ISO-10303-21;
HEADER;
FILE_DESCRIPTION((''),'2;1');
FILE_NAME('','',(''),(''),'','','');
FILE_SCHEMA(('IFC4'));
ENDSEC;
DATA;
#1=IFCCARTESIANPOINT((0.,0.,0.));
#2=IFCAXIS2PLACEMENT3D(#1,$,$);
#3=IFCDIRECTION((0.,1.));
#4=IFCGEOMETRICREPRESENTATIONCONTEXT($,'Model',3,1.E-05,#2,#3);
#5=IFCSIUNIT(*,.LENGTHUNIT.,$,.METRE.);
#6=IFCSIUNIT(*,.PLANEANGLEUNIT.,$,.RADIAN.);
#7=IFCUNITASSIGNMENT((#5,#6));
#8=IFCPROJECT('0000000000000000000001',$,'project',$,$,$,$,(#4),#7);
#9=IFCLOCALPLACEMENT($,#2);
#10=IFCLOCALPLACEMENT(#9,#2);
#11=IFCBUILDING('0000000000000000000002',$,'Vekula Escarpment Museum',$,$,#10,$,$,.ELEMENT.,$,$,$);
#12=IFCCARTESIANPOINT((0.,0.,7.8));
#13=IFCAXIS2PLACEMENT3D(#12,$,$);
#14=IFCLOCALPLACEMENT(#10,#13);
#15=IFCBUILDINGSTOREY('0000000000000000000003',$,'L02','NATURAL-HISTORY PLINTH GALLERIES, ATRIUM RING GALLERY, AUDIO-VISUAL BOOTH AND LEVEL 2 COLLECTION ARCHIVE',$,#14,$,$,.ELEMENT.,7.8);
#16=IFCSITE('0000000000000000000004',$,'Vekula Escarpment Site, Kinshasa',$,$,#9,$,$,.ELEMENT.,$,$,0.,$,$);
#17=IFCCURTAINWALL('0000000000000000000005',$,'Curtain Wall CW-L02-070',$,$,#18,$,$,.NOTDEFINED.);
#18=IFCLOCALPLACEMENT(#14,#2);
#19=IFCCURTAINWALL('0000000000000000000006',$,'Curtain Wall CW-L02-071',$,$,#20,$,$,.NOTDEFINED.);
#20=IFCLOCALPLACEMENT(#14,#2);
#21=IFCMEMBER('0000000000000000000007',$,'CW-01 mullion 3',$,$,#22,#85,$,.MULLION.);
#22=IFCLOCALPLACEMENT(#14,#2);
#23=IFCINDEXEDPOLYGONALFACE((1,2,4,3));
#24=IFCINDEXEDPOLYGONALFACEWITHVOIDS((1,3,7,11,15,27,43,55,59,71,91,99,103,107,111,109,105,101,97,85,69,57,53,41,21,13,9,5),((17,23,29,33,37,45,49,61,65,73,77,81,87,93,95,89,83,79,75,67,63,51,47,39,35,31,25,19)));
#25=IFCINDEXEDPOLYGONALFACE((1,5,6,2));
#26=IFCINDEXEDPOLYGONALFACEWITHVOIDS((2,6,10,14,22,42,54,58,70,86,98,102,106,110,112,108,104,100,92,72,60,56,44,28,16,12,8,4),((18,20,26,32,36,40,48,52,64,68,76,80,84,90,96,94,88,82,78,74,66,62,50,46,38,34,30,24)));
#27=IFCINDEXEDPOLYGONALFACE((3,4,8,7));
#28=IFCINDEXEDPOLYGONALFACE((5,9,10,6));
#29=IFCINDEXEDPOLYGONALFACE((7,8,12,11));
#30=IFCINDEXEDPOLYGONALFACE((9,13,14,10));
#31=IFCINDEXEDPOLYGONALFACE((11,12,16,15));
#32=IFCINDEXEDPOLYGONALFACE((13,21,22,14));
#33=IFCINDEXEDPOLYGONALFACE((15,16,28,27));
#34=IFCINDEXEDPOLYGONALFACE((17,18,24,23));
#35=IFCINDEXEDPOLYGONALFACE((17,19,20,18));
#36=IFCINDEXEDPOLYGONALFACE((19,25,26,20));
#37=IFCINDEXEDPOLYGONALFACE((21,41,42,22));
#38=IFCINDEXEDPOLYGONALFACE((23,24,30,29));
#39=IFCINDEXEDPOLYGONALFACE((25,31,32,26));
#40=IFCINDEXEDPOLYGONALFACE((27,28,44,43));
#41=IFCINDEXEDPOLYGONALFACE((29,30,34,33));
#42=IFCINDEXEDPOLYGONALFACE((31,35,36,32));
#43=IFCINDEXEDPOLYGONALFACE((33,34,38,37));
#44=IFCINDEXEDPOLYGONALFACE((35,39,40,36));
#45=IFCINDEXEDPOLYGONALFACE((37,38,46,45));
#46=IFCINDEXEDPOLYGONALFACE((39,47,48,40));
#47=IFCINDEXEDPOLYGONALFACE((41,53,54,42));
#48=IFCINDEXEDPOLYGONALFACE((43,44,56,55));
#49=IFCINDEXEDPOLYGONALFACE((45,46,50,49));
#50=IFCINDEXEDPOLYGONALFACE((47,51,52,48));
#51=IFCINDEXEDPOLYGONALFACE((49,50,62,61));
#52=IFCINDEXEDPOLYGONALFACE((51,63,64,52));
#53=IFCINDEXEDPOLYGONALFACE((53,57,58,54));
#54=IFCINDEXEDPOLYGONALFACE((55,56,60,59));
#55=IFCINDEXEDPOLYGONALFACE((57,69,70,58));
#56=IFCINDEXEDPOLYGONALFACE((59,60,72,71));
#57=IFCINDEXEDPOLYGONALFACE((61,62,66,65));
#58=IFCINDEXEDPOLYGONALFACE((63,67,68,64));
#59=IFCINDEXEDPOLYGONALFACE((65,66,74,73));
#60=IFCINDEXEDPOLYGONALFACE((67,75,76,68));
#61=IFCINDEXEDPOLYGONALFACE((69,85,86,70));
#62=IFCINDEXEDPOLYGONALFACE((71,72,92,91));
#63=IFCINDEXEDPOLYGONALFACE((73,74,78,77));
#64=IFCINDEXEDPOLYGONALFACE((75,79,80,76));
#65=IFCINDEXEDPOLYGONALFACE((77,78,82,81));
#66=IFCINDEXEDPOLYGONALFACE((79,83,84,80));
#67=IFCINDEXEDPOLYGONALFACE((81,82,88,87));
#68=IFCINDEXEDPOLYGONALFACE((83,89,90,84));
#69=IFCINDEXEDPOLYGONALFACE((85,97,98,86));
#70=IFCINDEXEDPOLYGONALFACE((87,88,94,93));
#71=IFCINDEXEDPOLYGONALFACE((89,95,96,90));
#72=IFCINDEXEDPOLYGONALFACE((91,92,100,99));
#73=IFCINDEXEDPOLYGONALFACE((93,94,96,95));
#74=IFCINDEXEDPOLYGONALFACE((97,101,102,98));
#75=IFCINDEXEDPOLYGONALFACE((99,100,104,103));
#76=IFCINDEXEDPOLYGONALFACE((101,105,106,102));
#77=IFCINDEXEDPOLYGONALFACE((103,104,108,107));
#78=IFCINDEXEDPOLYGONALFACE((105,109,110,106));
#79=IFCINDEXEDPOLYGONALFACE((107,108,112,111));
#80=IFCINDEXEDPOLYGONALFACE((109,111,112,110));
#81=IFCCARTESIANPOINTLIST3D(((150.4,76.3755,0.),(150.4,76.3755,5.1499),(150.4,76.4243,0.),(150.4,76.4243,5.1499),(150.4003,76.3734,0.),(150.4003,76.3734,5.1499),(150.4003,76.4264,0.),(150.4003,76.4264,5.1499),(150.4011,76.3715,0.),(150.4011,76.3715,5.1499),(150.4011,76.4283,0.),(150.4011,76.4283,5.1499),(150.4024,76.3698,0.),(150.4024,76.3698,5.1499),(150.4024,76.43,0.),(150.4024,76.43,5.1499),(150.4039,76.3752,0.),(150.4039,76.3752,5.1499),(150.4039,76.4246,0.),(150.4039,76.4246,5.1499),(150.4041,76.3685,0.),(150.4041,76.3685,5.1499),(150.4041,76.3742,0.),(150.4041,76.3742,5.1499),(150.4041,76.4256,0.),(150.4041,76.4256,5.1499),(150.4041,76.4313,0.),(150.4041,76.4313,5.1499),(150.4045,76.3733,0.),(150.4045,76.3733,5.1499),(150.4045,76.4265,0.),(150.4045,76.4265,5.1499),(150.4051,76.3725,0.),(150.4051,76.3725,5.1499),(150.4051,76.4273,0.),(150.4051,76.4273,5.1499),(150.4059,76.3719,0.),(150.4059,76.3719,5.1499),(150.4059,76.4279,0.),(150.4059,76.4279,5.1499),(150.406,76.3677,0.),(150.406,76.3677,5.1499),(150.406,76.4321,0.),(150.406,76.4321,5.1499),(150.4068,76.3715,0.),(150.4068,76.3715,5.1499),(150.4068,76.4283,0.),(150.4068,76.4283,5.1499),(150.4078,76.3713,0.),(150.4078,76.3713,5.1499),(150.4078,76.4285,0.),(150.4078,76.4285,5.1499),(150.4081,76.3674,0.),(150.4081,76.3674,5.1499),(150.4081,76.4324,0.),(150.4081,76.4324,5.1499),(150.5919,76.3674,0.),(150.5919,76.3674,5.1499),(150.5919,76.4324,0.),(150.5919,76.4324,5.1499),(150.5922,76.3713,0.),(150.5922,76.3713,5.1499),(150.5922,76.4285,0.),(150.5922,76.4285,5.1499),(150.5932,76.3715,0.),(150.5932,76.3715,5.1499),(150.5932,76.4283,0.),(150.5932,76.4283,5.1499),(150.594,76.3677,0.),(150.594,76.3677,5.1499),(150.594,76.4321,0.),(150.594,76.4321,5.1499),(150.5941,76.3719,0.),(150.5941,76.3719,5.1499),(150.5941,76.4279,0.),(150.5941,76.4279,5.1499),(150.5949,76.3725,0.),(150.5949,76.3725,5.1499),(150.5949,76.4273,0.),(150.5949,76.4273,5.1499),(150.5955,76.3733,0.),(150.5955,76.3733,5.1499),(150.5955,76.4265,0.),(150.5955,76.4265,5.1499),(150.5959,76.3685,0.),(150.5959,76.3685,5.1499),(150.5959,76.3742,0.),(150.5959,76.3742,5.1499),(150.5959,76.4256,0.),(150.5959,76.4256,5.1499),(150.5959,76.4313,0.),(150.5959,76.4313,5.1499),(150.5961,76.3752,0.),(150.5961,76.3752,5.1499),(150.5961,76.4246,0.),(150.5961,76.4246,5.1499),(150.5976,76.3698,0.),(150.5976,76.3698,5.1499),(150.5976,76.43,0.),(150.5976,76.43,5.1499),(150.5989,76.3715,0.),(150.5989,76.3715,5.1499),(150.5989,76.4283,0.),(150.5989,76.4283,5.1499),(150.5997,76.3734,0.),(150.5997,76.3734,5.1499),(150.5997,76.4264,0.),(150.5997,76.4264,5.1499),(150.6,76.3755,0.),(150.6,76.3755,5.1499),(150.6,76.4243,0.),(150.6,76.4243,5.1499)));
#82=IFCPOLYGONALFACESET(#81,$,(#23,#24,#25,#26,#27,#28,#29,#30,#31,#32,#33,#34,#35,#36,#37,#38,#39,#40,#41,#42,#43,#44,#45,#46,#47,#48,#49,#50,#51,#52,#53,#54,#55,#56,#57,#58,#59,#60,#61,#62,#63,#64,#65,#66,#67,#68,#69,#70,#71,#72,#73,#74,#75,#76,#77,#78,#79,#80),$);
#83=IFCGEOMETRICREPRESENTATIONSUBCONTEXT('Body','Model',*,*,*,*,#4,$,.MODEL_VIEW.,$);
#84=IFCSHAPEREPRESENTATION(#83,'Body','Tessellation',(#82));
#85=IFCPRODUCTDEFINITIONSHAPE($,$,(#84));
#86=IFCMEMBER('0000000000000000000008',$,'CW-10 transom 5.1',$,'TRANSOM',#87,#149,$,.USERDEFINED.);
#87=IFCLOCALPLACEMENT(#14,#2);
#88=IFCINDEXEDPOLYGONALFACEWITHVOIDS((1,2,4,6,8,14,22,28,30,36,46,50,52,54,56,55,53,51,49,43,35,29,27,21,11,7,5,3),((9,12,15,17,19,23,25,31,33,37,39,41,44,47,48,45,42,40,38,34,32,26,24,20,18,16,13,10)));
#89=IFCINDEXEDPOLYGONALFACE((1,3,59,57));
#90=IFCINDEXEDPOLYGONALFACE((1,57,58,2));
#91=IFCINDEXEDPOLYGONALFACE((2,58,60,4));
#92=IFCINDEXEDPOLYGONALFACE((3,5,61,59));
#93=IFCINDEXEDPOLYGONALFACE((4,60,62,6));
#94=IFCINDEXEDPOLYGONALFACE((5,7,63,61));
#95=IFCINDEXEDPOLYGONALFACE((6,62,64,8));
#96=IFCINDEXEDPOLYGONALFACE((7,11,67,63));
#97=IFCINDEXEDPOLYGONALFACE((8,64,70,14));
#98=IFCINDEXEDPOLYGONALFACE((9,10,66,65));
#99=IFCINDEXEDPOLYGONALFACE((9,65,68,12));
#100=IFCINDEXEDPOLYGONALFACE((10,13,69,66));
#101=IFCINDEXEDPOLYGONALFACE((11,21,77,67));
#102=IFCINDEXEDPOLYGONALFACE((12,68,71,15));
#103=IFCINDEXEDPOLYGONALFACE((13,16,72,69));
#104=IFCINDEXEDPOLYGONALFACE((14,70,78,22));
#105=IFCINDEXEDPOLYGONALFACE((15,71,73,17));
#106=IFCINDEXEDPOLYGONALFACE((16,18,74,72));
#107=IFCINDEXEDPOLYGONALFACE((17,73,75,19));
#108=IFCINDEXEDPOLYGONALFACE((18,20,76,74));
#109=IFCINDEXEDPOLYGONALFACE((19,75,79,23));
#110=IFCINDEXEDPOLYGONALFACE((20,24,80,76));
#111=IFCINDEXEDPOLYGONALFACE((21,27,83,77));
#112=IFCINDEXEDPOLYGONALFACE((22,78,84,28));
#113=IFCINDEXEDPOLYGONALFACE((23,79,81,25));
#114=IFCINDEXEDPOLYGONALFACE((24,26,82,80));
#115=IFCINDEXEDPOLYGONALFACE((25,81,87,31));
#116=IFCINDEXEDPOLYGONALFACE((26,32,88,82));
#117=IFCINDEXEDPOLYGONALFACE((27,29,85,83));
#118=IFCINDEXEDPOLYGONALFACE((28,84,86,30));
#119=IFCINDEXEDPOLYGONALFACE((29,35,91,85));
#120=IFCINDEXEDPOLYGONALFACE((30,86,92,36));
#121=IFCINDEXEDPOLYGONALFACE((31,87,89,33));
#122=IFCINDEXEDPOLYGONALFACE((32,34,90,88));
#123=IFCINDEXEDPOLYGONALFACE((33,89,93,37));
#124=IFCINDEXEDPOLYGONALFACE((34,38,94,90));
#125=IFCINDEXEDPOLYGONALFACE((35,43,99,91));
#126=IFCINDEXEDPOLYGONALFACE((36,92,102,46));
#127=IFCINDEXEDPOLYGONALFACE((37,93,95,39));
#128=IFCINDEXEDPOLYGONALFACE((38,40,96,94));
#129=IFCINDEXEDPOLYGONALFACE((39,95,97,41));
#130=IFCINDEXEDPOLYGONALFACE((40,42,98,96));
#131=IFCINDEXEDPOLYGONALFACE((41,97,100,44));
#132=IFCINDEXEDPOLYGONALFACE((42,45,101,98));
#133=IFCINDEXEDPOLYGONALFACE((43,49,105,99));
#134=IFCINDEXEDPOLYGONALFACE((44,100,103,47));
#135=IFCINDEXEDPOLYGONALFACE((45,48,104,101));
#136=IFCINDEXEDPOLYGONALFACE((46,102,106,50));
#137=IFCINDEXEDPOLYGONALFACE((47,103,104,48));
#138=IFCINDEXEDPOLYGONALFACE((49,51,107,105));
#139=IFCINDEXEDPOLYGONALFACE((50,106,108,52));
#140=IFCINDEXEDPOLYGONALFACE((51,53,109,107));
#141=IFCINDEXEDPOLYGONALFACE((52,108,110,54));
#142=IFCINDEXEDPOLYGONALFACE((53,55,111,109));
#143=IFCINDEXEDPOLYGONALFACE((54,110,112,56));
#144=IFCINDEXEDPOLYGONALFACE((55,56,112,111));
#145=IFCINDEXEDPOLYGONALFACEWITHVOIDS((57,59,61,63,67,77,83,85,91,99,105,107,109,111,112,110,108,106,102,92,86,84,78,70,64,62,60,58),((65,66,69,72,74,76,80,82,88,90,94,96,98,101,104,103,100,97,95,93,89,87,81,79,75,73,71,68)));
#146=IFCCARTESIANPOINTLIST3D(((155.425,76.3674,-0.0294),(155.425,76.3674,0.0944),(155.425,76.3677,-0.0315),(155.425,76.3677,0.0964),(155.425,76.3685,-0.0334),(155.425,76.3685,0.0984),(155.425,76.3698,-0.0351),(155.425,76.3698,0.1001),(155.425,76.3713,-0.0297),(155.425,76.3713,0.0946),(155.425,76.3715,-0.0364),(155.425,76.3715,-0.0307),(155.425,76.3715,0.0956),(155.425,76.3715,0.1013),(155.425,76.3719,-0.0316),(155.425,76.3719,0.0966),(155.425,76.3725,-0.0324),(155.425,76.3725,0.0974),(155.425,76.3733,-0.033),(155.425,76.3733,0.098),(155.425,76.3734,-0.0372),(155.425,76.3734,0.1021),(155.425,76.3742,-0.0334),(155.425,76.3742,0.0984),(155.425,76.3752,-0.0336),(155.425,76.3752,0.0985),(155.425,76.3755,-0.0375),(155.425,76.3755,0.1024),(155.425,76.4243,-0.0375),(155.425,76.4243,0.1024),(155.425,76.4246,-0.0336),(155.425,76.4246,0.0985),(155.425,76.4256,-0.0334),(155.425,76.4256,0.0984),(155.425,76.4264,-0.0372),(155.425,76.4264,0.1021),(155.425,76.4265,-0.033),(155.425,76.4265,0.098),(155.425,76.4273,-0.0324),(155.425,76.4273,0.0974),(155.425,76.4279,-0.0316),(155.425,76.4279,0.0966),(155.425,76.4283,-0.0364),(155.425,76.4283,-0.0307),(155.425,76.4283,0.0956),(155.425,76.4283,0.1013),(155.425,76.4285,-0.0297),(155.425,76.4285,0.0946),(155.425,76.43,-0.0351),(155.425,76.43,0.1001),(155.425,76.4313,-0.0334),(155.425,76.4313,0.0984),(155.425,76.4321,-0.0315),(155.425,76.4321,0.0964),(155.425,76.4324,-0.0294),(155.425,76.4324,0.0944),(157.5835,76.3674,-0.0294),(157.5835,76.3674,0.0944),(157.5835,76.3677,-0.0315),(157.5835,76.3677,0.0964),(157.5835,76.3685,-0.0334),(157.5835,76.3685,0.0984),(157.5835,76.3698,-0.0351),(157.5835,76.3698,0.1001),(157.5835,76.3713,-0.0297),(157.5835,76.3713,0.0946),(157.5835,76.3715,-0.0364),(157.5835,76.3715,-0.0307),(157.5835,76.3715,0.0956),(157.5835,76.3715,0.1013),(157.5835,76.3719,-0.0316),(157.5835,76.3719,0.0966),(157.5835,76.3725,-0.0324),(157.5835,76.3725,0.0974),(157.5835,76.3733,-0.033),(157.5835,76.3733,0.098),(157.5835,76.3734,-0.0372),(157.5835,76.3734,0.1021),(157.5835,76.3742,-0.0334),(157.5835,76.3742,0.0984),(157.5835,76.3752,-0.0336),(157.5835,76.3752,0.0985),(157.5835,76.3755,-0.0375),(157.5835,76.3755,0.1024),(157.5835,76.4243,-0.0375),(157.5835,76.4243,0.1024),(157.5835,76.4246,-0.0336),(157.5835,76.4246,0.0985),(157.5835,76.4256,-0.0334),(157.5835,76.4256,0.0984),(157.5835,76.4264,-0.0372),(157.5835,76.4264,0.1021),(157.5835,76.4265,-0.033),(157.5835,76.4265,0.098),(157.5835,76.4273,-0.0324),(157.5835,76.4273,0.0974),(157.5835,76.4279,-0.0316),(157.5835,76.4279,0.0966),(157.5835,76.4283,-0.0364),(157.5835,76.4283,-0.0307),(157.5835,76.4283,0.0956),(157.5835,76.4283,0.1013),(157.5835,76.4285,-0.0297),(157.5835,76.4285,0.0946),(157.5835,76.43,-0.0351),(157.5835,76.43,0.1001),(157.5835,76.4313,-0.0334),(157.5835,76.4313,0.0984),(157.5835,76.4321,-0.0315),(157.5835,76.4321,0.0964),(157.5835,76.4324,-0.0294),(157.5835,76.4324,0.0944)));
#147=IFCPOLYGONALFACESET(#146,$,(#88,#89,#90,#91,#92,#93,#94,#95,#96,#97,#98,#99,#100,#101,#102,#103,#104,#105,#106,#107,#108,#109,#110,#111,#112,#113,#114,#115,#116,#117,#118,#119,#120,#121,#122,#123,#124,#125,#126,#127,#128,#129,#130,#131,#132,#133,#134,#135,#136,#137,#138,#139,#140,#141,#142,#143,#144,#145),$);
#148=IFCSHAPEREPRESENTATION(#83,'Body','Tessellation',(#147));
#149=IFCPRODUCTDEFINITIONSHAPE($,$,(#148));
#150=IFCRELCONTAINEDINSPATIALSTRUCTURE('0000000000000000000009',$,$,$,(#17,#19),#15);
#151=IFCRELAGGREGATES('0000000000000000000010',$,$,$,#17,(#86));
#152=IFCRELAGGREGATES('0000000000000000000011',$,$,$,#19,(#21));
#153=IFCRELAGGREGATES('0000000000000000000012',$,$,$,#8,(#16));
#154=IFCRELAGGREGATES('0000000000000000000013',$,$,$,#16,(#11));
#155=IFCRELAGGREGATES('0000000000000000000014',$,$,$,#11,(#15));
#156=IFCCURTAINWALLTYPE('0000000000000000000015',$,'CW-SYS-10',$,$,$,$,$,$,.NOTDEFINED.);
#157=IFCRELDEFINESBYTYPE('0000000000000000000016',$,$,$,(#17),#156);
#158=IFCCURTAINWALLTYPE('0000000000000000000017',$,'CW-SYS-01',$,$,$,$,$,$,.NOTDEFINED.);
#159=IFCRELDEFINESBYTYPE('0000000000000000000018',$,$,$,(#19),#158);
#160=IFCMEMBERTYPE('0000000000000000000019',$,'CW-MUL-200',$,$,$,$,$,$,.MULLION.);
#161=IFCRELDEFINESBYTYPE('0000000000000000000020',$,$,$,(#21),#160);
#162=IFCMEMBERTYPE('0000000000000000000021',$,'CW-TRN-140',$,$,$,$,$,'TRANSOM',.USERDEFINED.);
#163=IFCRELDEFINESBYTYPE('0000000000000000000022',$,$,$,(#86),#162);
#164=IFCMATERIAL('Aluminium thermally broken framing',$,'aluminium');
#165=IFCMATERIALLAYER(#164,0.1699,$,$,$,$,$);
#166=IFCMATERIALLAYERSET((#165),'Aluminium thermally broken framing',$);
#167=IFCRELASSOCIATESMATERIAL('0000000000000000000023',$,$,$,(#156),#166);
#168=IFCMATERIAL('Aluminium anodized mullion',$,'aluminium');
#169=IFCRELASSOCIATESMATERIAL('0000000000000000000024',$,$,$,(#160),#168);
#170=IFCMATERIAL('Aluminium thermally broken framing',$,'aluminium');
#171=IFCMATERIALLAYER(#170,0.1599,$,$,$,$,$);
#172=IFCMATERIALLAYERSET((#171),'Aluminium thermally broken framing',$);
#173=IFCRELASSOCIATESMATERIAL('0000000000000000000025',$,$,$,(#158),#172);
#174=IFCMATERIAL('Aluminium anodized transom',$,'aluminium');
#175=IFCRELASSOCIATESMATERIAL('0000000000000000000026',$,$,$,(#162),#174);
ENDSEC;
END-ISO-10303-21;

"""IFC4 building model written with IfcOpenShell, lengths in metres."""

from ifc_helpers import new_model, si_unit, direction, frame, origin, origin_2d, place, context, subcontext, project, spatial, hollow_rectangle, extrude, material, layer, layer_set, material_profile, profile_set, type_object, element, aggregate, save


model = new_model("IFC4")

# Units and contexts
model_context = context("Model", 3, precision=1e-05, world=origin(), true_north=direction((0.0, 1.0)))
body_context = subcontext(model_context, "Body", "Model", "MODEL_VIEW")
ifc_project = project(units=[si_unit("LENGTHUNIT", "METRE"), si_unit("PLANEANGLEUNIT", "RADIAN")], contexts=[model_context])

# Site, building, storey
site_placement = place(None, origin())
site = spatial("IfcSite", under=ifc_project, at=site_placement, Name="Vekula Escarpment Site, Kinshasa", CompositionType="ELEMENT", RefElevation=0.0)
building_placement = place(site_placement, origin())
building = spatial("IfcBuilding", under=site, at=building_placement, Name="Vekula Escarpment Museum", CompositionType="ELEMENT")
storey_placement = place(building_placement, frame((0.0, 0.0, 7.8)))
storey = spatial("IfcBuildingStorey", under=building, at=storey_placement, Name="L02", Description="NATURAL-HISTORY PLINTH GALLERIES, ATRIUM RING GALLERY, AUDIO-VISUAL BOOTH AND LEVEL 2 COLLECTION ARCHIVE", CompositionType="ELEMENT", Elevation=7.8)

# Curtain wall
ifc_material_1 = material(Name="Aluminium thermally broken framing", Category="aluminium")
ifc_layer_1 = layer(ifc_material_1, 0.1699)
ifc_layer_set_1 = layer_set([ifc_layer_1], Name="Aluminium thermally broken framing")
curtain_wall_type_1 = type_object("IfcCurtainWallType", Name="CW-SYS-10", PredefinedType="NOTDEFINED", material=ifc_layer_set_1)
curtain_wall_1_placement = place(storey_placement, origin())
curtain_wall_1 = element("IfcCurtainWall", 1, at=curtain_wall_1_placement, inside=storey, type_object=curtain_wall_type_1, Name="Curtain Wall CW-L02-070", PredefinedType="NOTDEFINED")
ifc_material_2 = material(Name="Aluminium anodized mullion", Category="aluminium")
ifc_material_profile_1 = material_profile(ifc_material_2, hollow_rectangle(XDim=0.0649, YDim=0.2, WallThickness=0.0039, InnerFilletRadius=0.0039, OuterFilletRadius=0.0081, at=origin_2d()), Name="ALU 200x65x4")
ifc_profile_set_1 = profile_set([ifc_material_profile_1], Name="Aluminium anodized mullion")
member_type_1 = type_object("IfcMemberType", Name="CW-MUL-200", PredefinedType="MULLION", material=ifc_profile_set_1)

# Curtain wall, member
ifc_material_3 = material(Name="Aluminium thermally broken framing", Category="aluminium")
ifc_layer_2 = layer(ifc_material_3, 0.1599)
ifc_layer_set_2 = layer_set([ifc_layer_2], Name="Aluminium thermally broken framing")
curtain_wall_type_2 = type_object("IfcCurtainWallType", Name="CW-SYS-01", PredefinedType="NOTDEFINED", material=ifc_layer_set_2)
curtain_wall_2_placement = place(storey_placement, origin())
curtain_wall_2 = element("IfcCurtainWall", 2, at=curtain_wall_2_placement, inside=storey, type_object=curtain_wall_type_2, Name="Curtain Wall CW-L02-071", PredefinedType="NOTDEFINED")
member_1_placement = place(storey_placement, frame((150.5, 76.3999, 0.0), z_axis=(0.0, 0.0, 1.0), x_axis=(0.0, -1.0, 0.0)))
member_1 = element("IfcMember", 3, at=member_1_placement, type_object=member_type_1, Name="CW-01 mullion 3", PredefinedType="MULLION", context=body_context, shape_type="SweptSolid", body=[
    extrude(hollow_rectangle(XDim=0.0649, YDim=0.2, WallThickness=0.0039, InnerFilletRadius=0.0039, OuterFilletRadius=0.0081, at=origin_2d()), origin(), (0.0, 0.0, 1.0), 5.1499),
])

# Member
ifc_material_4 = material(Name="Aluminium anodized transom", Category="aluminium")
ifc_material_profile_2 = material_profile(ifc_material_4, hollow_rectangle(XDim=0.0649, YDim=0.1399, WallThickness=0.0039, InnerFilletRadius=0.0039, OuterFilletRadius=0.0081, at=origin_2d()), Name="ALU 140x65x4")
ifc_profile_set_2 = profile_set([ifc_material_profile_2], Name="Aluminium anodized transom")
member_type_2 = type_object("IfcMemberType", Name="CW-TRN-140", ElementType="TRANSOM", PredefinedType="USERDEFINED", material=ifc_profile_set_2)
member_2_placement = place(storey_placement, frame((157.5835, 76.3999, 0.0325), z_axis=(-1.0, 0.0, 0.0), x_axis=(0.0, -1.0, 0.0)))
member_2 = element("IfcMember", 4, at=member_2_placement, type_object=member_type_2, Name="CW-10 transom 5.1", ObjectType="TRANSOM", PredefinedType="USERDEFINED", context=body_context, shape_type="SweptSolid", body=[
    extrude(hollow_rectangle(XDim=0.0649, YDim=0.1399, WallThickness=0.0039, InnerFilletRadius=0.0039, OuterFilletRadius=0.0081, at=origin_2d()), origin(), (0.0, 0.0, 1.0), 2.1584),
])

aggregate(curtain_wall_1, [member_2])
aggregate(curtain_wall_2, [member_1])

save(model, "model.ifc")
